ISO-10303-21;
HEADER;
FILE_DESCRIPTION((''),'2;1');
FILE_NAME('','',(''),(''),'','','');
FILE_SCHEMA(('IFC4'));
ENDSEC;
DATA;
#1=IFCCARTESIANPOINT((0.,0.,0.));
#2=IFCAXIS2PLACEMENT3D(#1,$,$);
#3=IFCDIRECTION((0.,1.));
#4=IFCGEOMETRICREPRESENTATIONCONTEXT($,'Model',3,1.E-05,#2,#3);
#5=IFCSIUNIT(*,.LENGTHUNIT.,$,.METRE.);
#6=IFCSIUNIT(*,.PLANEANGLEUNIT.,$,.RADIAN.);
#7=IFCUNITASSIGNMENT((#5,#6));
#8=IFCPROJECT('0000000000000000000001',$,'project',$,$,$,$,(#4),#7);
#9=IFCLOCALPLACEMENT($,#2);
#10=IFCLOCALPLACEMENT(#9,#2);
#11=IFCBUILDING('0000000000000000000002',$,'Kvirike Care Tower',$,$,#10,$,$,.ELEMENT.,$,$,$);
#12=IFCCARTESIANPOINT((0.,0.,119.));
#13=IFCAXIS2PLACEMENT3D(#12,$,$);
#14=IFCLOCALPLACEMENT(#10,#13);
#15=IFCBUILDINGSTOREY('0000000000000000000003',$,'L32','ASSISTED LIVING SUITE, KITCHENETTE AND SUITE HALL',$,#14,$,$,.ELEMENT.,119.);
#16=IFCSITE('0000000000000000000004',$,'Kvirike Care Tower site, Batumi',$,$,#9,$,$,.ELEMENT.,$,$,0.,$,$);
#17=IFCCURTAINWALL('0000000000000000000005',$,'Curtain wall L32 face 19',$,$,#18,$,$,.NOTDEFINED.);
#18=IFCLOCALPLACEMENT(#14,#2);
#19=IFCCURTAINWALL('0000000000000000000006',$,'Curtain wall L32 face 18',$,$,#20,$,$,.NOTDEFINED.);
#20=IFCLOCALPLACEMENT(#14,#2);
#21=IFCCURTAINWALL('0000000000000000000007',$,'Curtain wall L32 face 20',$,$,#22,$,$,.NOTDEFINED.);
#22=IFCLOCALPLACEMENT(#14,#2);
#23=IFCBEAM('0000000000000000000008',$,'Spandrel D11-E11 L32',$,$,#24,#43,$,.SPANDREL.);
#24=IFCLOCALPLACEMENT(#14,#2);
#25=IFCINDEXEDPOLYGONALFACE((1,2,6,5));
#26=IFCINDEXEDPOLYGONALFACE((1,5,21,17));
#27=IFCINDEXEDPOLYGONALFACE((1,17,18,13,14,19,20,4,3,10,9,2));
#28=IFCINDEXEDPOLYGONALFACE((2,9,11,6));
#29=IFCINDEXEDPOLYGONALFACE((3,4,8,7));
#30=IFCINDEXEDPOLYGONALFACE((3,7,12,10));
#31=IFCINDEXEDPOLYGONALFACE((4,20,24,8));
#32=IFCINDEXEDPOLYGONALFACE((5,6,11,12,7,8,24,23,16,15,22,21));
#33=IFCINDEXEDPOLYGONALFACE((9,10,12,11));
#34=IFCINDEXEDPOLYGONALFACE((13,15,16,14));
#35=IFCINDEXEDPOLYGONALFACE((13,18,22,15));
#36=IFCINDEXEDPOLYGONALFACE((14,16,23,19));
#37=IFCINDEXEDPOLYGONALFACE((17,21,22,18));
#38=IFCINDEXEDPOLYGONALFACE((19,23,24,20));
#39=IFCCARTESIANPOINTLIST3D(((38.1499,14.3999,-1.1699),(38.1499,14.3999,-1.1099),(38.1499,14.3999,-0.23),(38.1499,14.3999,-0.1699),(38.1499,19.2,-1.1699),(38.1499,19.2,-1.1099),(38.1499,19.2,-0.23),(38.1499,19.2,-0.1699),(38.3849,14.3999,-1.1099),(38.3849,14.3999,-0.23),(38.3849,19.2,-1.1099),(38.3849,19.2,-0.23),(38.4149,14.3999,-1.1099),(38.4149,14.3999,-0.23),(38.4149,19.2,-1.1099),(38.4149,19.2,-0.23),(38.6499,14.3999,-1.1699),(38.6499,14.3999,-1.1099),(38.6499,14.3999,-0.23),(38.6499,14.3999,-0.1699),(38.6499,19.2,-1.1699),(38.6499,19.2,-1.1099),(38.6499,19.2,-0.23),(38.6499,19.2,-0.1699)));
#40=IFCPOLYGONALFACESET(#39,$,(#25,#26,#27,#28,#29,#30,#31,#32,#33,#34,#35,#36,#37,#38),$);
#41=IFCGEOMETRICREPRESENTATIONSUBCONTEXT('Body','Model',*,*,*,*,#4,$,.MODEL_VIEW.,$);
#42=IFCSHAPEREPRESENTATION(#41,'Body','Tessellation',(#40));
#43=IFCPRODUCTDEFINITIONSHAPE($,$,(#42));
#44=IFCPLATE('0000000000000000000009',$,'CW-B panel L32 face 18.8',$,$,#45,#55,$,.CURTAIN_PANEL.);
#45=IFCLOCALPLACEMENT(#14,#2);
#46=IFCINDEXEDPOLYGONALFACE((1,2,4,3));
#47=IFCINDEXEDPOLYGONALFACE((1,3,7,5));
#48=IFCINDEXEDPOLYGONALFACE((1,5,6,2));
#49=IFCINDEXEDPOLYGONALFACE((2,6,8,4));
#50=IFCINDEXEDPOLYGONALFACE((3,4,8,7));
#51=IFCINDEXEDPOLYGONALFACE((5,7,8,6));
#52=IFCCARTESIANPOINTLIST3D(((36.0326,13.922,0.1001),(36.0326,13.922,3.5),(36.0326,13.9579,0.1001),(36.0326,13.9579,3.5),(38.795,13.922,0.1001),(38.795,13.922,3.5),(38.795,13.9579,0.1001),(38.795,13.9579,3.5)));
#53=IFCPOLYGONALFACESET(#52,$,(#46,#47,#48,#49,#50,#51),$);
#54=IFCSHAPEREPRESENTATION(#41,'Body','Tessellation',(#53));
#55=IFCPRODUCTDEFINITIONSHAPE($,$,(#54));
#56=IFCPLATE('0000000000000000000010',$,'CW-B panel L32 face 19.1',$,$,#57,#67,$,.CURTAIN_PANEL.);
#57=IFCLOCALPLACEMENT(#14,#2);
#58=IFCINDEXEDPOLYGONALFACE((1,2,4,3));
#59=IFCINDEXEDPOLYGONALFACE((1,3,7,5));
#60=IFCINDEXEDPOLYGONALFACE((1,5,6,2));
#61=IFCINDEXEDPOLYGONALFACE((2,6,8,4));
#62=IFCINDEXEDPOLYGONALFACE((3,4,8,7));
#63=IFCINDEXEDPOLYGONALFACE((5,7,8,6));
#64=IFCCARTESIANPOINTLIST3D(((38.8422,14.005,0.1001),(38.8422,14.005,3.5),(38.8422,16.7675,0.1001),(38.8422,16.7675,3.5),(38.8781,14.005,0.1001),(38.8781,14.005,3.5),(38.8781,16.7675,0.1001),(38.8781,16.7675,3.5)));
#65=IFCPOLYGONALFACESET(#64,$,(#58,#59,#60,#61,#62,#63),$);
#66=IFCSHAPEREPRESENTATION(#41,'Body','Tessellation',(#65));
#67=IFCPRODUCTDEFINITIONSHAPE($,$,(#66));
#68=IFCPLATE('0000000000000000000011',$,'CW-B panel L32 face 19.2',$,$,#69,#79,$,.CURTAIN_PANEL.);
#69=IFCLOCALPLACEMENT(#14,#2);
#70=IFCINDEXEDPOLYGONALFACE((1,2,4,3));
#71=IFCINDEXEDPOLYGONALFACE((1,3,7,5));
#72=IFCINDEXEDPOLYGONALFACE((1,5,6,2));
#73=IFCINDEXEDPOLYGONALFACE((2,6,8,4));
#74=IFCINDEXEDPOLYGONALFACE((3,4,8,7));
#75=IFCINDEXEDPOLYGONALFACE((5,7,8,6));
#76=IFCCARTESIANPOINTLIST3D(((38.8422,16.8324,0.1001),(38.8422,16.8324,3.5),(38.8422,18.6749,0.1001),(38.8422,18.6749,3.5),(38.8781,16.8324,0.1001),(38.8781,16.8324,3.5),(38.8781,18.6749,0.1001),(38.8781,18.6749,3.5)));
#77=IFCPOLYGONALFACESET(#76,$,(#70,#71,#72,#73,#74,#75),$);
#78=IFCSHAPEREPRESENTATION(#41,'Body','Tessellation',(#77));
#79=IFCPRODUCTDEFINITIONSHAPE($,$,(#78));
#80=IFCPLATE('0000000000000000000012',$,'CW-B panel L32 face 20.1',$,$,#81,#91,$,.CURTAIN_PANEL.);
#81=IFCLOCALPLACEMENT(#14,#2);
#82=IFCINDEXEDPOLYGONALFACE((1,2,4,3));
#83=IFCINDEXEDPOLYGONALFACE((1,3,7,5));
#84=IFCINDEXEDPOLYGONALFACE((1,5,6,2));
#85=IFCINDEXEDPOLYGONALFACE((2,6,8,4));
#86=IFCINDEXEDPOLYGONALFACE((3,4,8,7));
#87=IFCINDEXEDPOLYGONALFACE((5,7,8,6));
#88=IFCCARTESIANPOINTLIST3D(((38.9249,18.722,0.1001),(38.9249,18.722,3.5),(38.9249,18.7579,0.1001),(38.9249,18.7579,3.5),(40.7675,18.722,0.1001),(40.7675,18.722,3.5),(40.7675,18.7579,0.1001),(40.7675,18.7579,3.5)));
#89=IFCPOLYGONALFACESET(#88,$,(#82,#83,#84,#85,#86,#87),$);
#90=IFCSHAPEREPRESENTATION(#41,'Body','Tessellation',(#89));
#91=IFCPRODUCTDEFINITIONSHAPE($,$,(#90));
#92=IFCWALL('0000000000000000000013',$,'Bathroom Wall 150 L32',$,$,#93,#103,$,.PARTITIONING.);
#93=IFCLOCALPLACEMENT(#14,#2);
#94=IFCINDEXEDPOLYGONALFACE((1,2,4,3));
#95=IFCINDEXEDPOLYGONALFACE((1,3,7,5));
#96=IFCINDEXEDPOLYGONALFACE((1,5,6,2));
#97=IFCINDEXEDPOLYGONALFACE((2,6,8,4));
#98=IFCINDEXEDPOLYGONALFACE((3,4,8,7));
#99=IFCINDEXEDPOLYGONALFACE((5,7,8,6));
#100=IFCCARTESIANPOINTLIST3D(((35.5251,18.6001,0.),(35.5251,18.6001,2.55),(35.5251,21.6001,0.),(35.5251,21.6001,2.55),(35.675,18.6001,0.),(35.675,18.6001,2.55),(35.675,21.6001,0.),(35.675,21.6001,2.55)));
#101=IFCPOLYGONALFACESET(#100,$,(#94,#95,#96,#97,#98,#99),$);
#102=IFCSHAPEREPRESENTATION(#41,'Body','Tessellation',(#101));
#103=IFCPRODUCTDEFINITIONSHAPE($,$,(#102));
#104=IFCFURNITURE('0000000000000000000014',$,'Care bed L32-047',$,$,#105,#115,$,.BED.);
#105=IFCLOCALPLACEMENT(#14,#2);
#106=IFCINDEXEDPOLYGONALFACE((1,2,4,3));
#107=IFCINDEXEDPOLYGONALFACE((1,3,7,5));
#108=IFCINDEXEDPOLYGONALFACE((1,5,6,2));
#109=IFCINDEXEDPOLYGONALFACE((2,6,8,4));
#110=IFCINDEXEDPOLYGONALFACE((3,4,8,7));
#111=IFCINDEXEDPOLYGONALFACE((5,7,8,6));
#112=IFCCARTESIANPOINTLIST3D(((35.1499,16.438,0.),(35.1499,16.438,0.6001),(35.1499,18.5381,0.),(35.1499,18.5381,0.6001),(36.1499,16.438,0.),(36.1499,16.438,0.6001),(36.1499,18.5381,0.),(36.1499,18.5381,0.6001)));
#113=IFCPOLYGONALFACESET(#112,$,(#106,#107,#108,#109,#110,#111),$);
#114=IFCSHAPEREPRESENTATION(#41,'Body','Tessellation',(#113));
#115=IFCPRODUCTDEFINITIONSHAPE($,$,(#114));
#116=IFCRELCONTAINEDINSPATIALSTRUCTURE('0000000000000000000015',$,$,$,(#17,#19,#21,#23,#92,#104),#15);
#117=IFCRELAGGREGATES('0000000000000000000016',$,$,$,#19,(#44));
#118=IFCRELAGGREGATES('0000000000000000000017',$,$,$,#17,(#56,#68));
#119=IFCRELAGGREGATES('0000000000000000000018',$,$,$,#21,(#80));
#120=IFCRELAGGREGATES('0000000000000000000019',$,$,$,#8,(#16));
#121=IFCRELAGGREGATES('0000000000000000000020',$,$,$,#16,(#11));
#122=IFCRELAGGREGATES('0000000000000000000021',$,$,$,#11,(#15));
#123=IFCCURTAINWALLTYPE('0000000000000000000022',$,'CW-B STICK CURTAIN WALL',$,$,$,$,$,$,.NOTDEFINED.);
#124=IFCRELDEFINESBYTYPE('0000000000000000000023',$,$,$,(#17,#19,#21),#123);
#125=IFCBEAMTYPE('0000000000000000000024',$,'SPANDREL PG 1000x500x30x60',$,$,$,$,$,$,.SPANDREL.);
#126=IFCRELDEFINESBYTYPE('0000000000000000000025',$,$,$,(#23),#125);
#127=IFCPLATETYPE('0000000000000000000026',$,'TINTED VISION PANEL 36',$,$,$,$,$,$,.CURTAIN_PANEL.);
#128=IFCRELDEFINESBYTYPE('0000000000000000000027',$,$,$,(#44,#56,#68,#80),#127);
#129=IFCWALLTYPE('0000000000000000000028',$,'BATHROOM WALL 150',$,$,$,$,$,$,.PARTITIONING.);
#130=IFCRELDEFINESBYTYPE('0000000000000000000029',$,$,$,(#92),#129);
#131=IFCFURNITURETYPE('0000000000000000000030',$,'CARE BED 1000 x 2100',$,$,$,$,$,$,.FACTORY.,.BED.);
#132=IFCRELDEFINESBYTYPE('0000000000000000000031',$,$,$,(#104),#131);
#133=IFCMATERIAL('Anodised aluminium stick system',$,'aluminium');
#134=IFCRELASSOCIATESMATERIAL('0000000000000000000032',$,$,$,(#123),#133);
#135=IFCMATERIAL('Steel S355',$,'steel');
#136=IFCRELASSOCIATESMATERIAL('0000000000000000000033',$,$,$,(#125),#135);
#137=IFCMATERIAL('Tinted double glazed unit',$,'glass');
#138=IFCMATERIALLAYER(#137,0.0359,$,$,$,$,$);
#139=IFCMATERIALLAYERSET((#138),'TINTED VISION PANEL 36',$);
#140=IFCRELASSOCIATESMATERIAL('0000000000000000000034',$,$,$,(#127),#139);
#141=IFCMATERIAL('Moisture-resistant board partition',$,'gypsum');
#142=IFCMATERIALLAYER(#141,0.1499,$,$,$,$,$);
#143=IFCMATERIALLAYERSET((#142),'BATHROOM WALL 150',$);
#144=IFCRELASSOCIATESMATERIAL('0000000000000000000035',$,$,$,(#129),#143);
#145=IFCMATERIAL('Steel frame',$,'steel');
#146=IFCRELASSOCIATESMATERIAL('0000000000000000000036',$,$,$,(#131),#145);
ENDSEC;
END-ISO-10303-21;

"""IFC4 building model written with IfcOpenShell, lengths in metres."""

from ifc_helpers import new_model, si_unit, direction, frame, frame_2d, origin, origin_2d, place, context, subcontext, project, spatial, rectangle, i_section, extrude, material, layer, layer_set, material_profile, profile_set, type_object, element, aggregate, save


model = new_model("IFC4")

# Units and contexts
model_context = context("Model", 3, precision=1e-05, world=origin(), true_north=direction((0.0, 1.0)))
body_context = subcontext(model_context, "Body", "Model", "MODEL_VIEW")
ifc_project = project(units=[si_unit("LENGTHUNIT", "METRE"), si_unit("PLANEANGLEUNIT", "RADIAN")], contexts=[model_context])

# Site, building, storey
site_placement = place(None, origin())
site = spatial("IfcSite", under=ifc_project, at=site_placement, Name="Kvirike Care Tower site, Batumi", CompositionType="ELEMENT", RefElevation=0.0)
building_placement = place(site_placement, origin())
building = spatial("IfcBuilding", under=site, at=building_placement, Name="Kvirike Care Tower", CompositionType="ELEMENT")
storey_placement = place(building_placement, frame((0.0, 0.0, 119.0)))
storey = spatial("IfcBuildingStorey", under=building, at=storey_placement, Name="L32", Description="ASSISTED LIVING SUITE, KITCHENETTE AND SUITE HALL", CompositionType="ELEMENT", Elevation=119.0)

# Curtain wall
ifc_material_1 = material(Name="Anodised aluminium stick system", Category="aluminium")
curtain_wall_type = type_object("IfcCurtainWallType", Name="CW-B STICK CURTAIN WALL", PredefinedType="NOTDEFINED", material=ifc_material_1)
curtain_wall_1_placement = place(storey_placement, origin())
curtain_wall_1 = element("IfcCurtainWall", 1, at=curtain_wall_1_placement, inside=storey, type_object=curtain_wall_type, Name="Curtain wall L32 face 19", PredefinedType="NOTDEFINED")

# Curtain wall
curtain_wall_2_placement = place(storey_placement, origin())
curtain_wall_2 = element("IfcCurtainWall", 2, at=curtain_wall_2_placement, inside=storey, type_object=curtain_wall_type, Name="Curtain wall L32 face 18", PredefinedType="NOTDEFINED")

# Curtain wall
curtain_wall_3_placement = place(storey_placement, origin())
curtain_wall_3 = element("IfcCurtainWall", 3, at=curtain_wall_3_placement, inside=storey, type_object=curtain_wall_type, Name="Curtain wall L32 face 20", PredefinedType="NOTDEFINED")

# Beam
ifc_material_2 = material(Name="Steel S355", Category="steel")
ifc_material_profile_1 = material_profile(ifc_material_2, i_section(OverallWidth=0.5, OverallDepth=1.0, WebThickness=0.03, FlangeThickness=0.0601, at=origin_2d()), Name="PG 1000x500x30x60")
ifc_profile_set_1 = profile_set([ifc_material_profile_1], Name="Steel S355")
beam_type = type_object("IfcBeamType", Name="SPANDREL PG 1000x500x30x60", PredefinedType="SPANDREL", material=ifc_profile_set_1)
beam_placement = place(storey_placement, frame((38.3999, 14.3999, -0.6699), z_axis=(0.0, 1.0, 0.0), x_axis=(-1.0, 0.0, 0.0)))
element("IfcBeam", 4, at=beam_placement, inside=storey, type_object=beam_type, Name="Spandrel D11-E11 L32", PredefinedType="SPANDREL", context=body_context, shape_type="SweptSolid", body=[
    extrude(i_section(OverallWidth=0.5, OverallDepth=1.0, WebThickness=0.03, FlangeThickness=0.0601, at=origin_2d()), origin(), (0.0, 0.0, 1.0), 4.8),
])

# Plates
ifc_material_3 = material(Name="Tinted double glazed unit", Category="glass")
ifc_layer_1 = layer(ifc_material_3, 0.0359)
ifc_layer_set_1 = layer_set([ifc_layer_1], Name="TINTED VISION PANEL 36")
plate_type = type_object("IfcPlateType", Name="TINTED VISION PANEL 36", PredefinedType="CURTAIN_PANEL", material=ifc_layer_set_1)
plate_1_placement = place(storey_placement, frame((37.4138, 13.9399, 0.1001), z_axis=(0.0, 0.0, 1.0), x_axis=(1.0, 0.0, 0.0)))
plate_1 = element("IfcPlate", 5, at=plate_1_placement, type_object=plate_type, Name="CW-B panel L32 face 18.8", PredefinedType="CURTAIN_PANEL", context=body_context, shape_type="SweptSolid", body=[
    extrude(rectangle(XDim=2.7625, YDim=0.0359, at=origin_2d()), origin(), (0.0, 0.0, 1.0), 3.3999),
])
aggregate(curtain_wall_2, [plate_1])
plate_2_placement = place(storey_placement, frame((38.8601, 15.3862, 0.1001), z_axis=(0.0, 0.0, 1.0), x_axis=(0.0, 1.0, 0.0)))
plate_2 = element("IfcPlate", 6, at=plate_2_placement, type_object=plate_type, Name="CW-B panel L32 face 19.1", PredefinedType="CURTAIN_PANEL", context=body_context, shape_type="SweptSolid", body=[
    extrude(rectangle(XDim=2.7625, YDim=0.0359, at=origin_2d()), origin(), (0.0, 0.0, 1.0), 3.3999),
])
plate_3_placement = place(storey_placement, frame((38.8601, 17.7537, 0.1001), z_axis=(0.0, 0.0, 1.0), x_axis=(0.0, 1.0, 0.0)))
plate_3 = element("IfcPlate", 7, at=plate_3_placement, type_object=plate_type, Name="CW-B panel L32 face 19.2", PredefinedType="CURTAIN_PANEL", context=body_context, shape_type="SweptSolid", body=[
    extrude(rectangle(XDim=1.8425, YDim=0.0359, at=origin_2d()), origin(), (0.0, 0.0, 1.0), 3.3999),
])
aggregate(curtain_wall_1, [plate_2, plate_3])
plate_4_placement = place(storey_placement, frame((39.8462, 18.74, 0.1001), z_axis=(0.0, 0.0, 1.0), x_axis=(1.0, 0.0, 0.0)))
plate_4 = element("IfcPlate", 8, at=plate_4_placement, type_object=plate_type, Name="CW-B panel L32 face 20.1", PredefinedType="CURTAIN_PANEL", context=body_context, shape_type="SweptSolid", body=[
    extrude(rectangle(XDim=1.8425, YDim=0.0359, at=origin_2d()), origin(), (0.0, 0.0, 1.0), 3.3999),
])
aggregate(curtain_wall_3, [plate_4])

# Wall
ifc_material_4 = material(Name="Moisture-resistant board partition", Category="gypsum")
ifc_layer_2 = layer(ifc_material_4, 0.1499)
ifc_layer_set_2 = layer_set([ifc_layer_2], Name="BATHROOM WALL 150")
wall_type = type_object("IfcWallType", Name="BATHROOM WALL 150", PredefinedType="PARTITIONING", material=ifc_layer_set_2)
wall_placement = place(storey_placement, frame((35.6001, 18.6001, 0.0), z_axis=(0.0, 0.0, 1.0), x_axis=(0.0, 1.0, 0.0)))
element("IfcWall", 9, at=wall_placement, inside=storey, type_object=wall_type, Name="Bathroom Wall 150 L32", PredefinedType="PARTITIONING", context=body_context, shape_type="SweptSolid", body=[
    extrude(rectangle(XDim=3.0, YDim=0.1499, at=frame_2d((1.5, 0.0))), origin(), (0.0, 0.0, 1.0), 2.55),
])

# Furniture
ifc_material_5 = material(Name="Steel frame", Category="steel")
furniture_type = type_object("IfcFurnitureType", Name="CARE BED 1000 x 2100", AssemblyPlace="FACTORY", PredefinedType="BED", material=ifc_material_5)
furniture_placement = place(storey_placement, frame((35.6499, 17.488, 0.0), z_axis=(0.0, 0.0, 1.0), x_axis=(1.0, 0.0, 0.0)))
element("IfcFurniture", 10, at=furniture_placement, inside=storey, type_object=furniture_type, Name="Care bed L32-047", PredefinedType="BED", context=body_context, shape_type="SweptSolid", body=[
    extrude(rectangle(XDim=1.0, YDim=2.1001, at=origin_2d()), origin(), (0.0, 0.0, 1.0), 0.6001),
])

save(model, "model.ifc")
